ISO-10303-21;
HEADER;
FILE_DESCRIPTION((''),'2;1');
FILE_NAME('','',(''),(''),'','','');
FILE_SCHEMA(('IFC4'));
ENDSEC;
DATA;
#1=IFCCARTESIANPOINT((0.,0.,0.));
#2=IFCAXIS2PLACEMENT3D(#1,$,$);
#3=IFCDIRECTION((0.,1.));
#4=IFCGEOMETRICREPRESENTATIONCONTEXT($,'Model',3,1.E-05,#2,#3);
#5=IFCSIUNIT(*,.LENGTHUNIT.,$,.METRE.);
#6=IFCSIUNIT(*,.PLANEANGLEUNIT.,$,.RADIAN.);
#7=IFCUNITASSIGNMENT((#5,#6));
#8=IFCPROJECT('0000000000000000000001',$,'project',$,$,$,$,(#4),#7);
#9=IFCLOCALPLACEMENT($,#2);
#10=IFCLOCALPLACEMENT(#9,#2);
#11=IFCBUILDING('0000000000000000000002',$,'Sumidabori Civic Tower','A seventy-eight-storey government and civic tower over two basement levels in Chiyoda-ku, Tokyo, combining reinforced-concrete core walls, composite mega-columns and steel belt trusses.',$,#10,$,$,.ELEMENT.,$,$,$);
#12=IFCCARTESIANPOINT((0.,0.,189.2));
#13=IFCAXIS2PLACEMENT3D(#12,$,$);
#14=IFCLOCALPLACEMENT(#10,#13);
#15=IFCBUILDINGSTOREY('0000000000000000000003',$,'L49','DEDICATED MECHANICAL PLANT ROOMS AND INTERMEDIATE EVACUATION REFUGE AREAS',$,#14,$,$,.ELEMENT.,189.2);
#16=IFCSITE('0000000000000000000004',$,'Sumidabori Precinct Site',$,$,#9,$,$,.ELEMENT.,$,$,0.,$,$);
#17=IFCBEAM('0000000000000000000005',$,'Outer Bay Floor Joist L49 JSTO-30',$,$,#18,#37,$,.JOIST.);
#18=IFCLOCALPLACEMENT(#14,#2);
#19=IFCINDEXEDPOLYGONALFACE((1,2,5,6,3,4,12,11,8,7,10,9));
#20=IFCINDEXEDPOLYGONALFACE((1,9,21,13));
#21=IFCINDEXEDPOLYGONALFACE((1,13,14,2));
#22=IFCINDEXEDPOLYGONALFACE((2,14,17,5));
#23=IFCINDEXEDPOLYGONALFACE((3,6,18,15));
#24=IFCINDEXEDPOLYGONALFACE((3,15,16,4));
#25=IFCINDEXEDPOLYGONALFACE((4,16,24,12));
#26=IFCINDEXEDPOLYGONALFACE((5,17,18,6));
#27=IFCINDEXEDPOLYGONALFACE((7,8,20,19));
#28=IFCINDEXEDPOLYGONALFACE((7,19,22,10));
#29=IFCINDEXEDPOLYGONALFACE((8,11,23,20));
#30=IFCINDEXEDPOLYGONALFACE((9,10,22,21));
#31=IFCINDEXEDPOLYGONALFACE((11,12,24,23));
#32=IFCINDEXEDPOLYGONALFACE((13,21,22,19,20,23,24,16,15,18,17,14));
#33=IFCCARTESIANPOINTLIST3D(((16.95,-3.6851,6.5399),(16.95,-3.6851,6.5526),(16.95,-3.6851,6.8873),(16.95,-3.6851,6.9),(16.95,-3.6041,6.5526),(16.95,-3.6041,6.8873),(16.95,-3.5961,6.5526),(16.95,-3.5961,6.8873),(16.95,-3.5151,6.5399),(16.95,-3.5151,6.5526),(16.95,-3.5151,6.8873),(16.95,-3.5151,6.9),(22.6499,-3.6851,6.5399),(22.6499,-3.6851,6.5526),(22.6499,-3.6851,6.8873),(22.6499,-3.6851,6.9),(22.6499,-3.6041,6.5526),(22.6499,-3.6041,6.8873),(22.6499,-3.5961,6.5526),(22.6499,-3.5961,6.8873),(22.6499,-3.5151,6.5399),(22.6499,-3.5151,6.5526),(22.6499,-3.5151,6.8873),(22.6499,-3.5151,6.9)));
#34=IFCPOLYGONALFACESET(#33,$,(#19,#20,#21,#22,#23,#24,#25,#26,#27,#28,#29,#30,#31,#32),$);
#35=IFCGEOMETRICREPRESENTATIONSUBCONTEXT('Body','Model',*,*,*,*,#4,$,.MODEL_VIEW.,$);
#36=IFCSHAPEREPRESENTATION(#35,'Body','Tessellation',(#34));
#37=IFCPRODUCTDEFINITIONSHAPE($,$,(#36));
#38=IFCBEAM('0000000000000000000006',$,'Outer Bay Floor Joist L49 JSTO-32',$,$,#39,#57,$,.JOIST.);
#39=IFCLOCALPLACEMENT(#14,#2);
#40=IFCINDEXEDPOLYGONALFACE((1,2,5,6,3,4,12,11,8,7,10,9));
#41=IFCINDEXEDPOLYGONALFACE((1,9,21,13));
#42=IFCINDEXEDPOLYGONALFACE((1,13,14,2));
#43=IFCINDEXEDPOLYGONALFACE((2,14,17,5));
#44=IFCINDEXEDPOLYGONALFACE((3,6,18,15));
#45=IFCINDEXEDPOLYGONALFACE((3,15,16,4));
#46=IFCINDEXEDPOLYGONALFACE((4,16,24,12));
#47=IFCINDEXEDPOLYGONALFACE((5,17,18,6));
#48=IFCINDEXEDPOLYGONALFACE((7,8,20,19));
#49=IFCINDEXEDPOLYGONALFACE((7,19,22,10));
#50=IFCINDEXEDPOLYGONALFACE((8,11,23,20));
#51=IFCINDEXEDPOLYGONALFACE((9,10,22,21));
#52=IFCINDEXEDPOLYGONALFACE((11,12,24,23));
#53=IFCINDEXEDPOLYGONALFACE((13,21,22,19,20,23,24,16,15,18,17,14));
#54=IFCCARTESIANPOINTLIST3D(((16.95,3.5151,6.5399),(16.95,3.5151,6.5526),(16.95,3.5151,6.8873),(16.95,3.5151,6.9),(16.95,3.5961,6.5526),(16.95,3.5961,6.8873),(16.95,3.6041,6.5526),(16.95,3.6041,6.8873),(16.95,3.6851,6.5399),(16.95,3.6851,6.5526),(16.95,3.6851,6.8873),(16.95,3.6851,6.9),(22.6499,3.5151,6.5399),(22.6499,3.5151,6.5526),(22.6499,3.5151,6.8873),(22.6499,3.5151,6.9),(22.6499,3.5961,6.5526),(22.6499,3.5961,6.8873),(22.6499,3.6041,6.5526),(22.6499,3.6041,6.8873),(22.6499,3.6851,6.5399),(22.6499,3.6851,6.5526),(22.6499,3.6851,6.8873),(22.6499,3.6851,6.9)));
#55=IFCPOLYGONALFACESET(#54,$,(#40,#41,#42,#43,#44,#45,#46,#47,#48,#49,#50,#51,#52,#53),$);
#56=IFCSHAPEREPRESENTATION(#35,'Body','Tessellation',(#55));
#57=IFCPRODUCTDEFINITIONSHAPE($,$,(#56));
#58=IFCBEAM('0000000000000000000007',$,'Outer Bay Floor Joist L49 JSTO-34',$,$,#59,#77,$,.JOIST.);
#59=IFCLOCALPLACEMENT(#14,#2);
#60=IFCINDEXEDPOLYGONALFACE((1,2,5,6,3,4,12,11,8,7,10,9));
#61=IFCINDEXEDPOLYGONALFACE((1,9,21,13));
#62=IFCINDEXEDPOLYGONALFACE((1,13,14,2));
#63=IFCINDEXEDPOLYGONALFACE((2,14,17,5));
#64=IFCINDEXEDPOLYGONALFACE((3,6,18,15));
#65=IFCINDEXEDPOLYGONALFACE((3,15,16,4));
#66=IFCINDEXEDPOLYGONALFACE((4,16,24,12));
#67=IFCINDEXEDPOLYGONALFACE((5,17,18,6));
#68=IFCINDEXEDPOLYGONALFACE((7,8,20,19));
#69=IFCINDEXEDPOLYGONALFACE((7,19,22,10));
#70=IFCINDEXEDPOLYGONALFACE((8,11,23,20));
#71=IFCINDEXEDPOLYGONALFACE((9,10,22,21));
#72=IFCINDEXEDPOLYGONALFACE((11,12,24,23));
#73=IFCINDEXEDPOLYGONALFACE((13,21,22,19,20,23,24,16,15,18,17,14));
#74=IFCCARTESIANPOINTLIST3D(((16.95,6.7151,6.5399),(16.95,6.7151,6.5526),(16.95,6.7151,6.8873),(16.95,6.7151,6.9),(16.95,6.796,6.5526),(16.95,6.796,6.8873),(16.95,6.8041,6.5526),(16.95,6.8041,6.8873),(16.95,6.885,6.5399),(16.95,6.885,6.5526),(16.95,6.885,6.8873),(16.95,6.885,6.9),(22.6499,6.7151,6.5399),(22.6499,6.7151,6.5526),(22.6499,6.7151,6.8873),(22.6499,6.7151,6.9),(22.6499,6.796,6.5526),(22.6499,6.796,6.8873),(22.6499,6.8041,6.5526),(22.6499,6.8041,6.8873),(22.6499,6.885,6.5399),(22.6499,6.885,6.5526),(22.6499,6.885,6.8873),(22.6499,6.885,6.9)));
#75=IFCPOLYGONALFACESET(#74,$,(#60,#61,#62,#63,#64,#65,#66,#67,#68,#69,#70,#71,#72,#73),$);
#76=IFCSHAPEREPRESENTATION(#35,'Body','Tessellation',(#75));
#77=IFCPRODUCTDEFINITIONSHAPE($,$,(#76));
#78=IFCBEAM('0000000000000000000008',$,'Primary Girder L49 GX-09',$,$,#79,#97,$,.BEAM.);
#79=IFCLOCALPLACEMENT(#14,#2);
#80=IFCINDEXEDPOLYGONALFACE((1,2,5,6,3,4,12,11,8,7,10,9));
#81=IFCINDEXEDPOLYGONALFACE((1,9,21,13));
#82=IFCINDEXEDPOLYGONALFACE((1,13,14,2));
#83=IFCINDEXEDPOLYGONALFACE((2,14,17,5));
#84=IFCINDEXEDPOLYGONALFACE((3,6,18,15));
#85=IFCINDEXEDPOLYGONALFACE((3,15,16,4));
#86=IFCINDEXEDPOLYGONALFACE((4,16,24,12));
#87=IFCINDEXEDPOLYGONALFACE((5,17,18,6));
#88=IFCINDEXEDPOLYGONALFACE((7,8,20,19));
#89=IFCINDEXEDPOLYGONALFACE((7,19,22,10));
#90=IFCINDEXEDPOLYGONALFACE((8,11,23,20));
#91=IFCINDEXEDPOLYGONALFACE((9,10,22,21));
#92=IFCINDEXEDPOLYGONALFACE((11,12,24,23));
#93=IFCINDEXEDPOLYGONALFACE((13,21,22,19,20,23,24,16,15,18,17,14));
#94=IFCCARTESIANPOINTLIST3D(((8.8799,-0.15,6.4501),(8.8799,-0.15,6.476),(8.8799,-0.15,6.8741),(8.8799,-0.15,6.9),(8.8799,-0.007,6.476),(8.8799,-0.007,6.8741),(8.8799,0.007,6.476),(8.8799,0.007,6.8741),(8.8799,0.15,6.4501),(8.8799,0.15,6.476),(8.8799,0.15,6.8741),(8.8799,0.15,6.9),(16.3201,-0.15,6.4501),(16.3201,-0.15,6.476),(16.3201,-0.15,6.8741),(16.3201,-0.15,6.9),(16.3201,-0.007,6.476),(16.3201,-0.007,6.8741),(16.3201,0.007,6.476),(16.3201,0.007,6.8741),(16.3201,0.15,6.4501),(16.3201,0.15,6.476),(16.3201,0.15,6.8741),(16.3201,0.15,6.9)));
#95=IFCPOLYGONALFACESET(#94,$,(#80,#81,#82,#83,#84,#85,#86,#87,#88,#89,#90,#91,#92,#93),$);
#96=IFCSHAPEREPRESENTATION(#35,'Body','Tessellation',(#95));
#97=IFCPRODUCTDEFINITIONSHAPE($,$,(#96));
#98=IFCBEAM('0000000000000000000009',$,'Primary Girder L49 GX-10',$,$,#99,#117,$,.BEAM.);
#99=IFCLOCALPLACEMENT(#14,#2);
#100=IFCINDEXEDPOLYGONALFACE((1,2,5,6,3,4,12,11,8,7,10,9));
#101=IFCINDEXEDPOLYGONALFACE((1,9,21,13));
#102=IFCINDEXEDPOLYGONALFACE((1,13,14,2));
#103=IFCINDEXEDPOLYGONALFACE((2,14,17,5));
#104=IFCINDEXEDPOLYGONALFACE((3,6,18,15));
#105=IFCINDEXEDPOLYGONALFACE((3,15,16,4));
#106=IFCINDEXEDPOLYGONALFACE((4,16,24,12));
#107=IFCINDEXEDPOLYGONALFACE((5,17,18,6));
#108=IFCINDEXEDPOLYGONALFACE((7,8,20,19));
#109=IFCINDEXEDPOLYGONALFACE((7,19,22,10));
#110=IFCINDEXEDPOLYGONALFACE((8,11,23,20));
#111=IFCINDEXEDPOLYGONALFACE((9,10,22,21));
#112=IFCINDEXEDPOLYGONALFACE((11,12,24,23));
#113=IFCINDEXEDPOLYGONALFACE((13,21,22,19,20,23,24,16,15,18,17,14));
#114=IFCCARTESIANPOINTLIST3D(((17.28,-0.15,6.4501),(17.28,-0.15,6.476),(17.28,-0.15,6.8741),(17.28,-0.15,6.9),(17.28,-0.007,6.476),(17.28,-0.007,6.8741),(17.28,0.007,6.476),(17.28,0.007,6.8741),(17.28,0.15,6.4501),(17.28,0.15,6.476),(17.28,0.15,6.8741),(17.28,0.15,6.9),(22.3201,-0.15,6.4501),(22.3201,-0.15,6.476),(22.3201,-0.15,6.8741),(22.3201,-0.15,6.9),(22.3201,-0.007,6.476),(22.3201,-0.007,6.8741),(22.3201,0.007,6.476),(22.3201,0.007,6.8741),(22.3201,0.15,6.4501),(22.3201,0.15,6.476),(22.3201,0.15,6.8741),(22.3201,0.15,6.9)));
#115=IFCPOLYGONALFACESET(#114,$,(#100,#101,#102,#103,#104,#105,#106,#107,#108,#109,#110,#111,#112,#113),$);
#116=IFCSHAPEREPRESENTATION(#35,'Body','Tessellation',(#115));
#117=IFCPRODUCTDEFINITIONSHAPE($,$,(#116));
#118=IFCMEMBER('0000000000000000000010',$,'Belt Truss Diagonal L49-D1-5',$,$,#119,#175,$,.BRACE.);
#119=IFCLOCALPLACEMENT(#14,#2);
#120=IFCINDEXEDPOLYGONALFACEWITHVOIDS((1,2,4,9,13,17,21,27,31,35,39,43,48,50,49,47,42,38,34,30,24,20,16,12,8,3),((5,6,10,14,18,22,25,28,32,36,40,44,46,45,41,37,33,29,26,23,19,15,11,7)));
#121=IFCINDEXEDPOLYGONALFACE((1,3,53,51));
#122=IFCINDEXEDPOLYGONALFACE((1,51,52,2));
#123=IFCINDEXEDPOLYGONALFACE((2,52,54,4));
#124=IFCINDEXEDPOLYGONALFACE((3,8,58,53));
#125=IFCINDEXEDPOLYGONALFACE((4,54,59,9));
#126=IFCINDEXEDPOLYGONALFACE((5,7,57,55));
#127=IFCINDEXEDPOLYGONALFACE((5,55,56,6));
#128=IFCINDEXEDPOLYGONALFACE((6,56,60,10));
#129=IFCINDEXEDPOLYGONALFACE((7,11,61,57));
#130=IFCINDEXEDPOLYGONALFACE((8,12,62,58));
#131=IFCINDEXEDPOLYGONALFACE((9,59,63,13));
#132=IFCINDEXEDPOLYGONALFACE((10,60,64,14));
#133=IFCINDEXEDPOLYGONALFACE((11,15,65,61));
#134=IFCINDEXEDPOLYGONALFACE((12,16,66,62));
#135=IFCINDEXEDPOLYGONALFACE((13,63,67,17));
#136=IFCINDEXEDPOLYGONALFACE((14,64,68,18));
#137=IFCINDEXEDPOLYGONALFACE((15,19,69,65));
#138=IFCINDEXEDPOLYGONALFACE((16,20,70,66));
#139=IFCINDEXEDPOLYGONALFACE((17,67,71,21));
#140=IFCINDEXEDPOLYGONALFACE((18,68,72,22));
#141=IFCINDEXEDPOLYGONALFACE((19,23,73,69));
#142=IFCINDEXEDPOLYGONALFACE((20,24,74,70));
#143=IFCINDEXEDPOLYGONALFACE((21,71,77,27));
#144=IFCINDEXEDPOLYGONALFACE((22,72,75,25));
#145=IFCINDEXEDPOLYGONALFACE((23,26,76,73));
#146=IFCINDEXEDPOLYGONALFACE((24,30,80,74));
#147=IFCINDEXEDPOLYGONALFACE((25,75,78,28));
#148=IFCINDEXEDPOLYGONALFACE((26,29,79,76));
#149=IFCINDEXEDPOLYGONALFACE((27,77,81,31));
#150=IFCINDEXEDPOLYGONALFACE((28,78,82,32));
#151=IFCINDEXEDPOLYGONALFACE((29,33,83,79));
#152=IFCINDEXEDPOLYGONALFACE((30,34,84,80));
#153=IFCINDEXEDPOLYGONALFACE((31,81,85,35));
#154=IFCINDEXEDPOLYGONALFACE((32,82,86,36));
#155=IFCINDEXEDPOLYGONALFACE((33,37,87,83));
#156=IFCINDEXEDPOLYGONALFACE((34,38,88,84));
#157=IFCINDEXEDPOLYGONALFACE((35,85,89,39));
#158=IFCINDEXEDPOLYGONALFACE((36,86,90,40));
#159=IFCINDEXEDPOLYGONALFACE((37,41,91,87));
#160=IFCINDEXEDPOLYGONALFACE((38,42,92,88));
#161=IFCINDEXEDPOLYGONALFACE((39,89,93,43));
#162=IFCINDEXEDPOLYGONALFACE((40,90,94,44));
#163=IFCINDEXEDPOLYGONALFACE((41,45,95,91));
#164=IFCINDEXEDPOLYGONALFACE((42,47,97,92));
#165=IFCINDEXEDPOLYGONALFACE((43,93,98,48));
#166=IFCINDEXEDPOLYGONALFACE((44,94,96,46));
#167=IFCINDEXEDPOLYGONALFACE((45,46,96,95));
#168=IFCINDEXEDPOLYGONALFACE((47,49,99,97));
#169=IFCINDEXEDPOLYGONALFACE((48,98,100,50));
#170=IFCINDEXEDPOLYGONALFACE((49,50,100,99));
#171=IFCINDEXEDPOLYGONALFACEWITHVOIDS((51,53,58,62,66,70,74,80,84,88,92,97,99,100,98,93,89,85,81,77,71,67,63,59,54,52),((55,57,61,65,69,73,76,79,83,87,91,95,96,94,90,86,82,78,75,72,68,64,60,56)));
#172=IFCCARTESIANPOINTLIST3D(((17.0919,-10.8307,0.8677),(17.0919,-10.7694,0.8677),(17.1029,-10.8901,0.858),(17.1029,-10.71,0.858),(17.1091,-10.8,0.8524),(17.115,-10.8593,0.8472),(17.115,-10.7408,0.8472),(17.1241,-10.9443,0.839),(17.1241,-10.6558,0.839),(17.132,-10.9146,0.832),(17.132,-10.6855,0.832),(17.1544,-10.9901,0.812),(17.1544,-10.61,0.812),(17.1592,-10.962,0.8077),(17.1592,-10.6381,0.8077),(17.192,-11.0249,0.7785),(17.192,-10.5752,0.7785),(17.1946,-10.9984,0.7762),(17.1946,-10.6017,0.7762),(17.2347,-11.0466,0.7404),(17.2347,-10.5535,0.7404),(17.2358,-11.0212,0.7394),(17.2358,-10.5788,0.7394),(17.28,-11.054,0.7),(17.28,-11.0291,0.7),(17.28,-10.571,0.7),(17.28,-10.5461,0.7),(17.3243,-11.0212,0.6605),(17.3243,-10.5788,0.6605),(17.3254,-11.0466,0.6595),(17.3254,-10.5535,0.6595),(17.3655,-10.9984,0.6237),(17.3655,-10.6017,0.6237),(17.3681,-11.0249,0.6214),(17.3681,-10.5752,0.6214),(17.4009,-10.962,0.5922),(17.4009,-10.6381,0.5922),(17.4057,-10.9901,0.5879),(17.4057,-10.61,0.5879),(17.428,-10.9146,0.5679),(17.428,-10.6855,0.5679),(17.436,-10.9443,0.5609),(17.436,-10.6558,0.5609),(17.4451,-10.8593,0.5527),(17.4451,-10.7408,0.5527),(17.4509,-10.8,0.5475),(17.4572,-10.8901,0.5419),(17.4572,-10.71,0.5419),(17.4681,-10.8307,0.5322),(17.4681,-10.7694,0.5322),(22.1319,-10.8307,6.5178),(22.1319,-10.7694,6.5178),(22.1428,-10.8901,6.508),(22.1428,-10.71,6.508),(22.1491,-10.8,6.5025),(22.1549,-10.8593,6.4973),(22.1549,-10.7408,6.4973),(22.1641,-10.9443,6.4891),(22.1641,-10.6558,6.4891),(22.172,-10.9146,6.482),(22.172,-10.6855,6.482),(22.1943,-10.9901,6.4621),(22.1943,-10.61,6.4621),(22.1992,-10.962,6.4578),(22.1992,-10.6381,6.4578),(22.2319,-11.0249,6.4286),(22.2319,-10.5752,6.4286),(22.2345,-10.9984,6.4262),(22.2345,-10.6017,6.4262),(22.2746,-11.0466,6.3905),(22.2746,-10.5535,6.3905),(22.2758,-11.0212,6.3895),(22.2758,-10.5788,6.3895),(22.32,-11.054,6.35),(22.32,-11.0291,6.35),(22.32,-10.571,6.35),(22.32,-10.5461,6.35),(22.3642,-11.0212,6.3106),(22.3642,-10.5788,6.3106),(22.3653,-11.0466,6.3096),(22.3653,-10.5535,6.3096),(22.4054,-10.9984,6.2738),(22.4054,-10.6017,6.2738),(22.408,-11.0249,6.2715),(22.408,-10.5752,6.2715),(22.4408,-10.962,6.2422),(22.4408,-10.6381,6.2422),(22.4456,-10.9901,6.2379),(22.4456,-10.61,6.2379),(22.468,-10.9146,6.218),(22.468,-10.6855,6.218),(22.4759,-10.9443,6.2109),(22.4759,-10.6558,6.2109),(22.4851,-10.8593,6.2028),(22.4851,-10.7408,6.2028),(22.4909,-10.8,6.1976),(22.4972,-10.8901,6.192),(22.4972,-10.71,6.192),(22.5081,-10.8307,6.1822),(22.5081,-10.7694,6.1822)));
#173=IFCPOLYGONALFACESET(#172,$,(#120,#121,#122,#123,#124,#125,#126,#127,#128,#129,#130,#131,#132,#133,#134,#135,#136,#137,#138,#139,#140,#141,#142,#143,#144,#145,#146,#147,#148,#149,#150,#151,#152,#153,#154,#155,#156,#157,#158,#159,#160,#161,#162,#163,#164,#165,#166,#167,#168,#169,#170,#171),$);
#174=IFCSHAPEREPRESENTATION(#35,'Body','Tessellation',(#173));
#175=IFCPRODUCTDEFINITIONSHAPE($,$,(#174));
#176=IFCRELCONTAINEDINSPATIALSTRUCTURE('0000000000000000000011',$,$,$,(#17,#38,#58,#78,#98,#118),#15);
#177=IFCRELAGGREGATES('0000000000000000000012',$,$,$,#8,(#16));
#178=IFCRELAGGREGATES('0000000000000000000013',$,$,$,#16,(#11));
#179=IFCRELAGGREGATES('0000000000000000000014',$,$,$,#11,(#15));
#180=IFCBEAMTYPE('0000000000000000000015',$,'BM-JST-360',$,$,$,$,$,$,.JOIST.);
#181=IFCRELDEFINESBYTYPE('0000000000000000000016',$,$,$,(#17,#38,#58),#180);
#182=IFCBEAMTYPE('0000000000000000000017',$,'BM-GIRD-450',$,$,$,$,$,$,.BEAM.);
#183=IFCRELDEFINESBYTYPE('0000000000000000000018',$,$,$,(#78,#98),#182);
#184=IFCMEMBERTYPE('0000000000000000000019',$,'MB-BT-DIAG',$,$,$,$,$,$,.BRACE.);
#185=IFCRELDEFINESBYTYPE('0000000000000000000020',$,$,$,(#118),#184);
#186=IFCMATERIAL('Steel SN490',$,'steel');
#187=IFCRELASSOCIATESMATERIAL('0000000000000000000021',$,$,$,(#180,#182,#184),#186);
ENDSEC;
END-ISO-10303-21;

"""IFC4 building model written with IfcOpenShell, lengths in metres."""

from ifc_helpers import new_model, si_unit, direction, frame, origin, origin_2d, place, context, subcontext, project, spatial, hollow_circle, i_section, extrude, source, transform, mapped, material, material_profile, profile_set, type_object, element, save


model = new_model("IFC4")

# Units and contexts
model_context = context("Model", 3, precision=1e-05, world=origin(), true_north=direction((0.0, 1.0)))
body_context = subcontext(model_context, "Body", "Model", "MODEL_VIEW")
ifc_project = project(units=[si_unit("LENGTHUNIT", "METRE"), si_unit("PLANEANGLEUNIT", "RADIAN")], contexts=[model_context])

# Site, building, storey
site_placement = place(None, origin())
site = spatial("IfcSite", under=ifc_project, at=site_placement, Name="Sumidabori Precinct Site", CompositionType="ELEMENT", RefElevation=0.0)
building_placement = place(site_placement, origin())
building = spatial("IfcBuilding", under=site, at=building_placement, Name="Sumidabori Civic Tower", Description="A seventy-eight-storey government and civic tower over two basement levels in Chiyoda-ku, Tokyo, combining reinforced-concrete core walls, composite mega-columns and steel belt trusses.", CompositionType="ELEMENT")
storey_placement = place(building_placement, frame((0.0, 0.0, 189.2)))
storey = spatial("IfcBuildingStorey", under=building, at=storey_placement, Name="L49", Description="DEDICATED MECHANICAL PLANT ROOMS AND INTERMEDIATE EVACUATION REFUGE AREAS", CompositionType="ELEMENT", Elevation=189.2)

# Beams
ifc_material_1 = material(Name="Steel SN490", Category="steel")
ifc_material_profile_1 = material_profile(ifc_material_1, i_section(OverallWidth=0.1699, OverallDepth=0.3601, WebThickness=0.0081, FlangeThickness=0.0127, at=origin_2d()), Name="IPE 360")
ifc_profile_set_1 = profile_set([ifc_material_profile_1], Name="Steel SN490")
beam_type_1 = type_object("IfcBeamType", Name="BM-JST-360", PredefinedType="JOIST", material=ifc_profile_set_1)
shared_shape_1 = source(origin(), body_context, "Body", "SweptSolid", [
    extrude(i_section(OverallWidth=0.1699, OverallDepth=0.3601, WebThickness=0.0081, FlangeThickness=0.0127, at=origin_2d()), origin(), (0.0, 0.0, 1.0), 5.7),
])
for number, where, z_axis, x_axis, name in (
    (1, (16.95, -3.6001, 6.72), (1.0, 0.0, 0.0), (0.0, 1.0, 0.0), "Outer Bay Floor Joist L49 JSTO-30"),
    (2, (16.95, 3.6001, 6.72), (1.0, 0.0, 0.0), (0.0, 1.0, 0.0), "Outer Bay Floor Joist L49 JSTO-32"),
    (3, (16.95, 6.8, 6.72), (1.0, 0.0, 0.0), (0.0, 1.0, 0.0), "Outer Bay Floor Joist L49 JSTO-34"),
):
    element("IfcBeam", number, at=place(storey_placement, frame(where, z_axis=z_axis, x_axis=x_axis)), inside=storey, type_object=beam_type_1, Name=name, PredefinedType="JOIST", context=body_context, shape_type="MappedRepresentation", body=[
        mapped(shared_shape_1, transform((0.0, 0.0, 0.0), x_axis=(1.0, 0.0, 0.0), y_axis=(0.0, 1.0, 0.0), z_axis=(0.0, 0.0, 1.0), scale=1.0)),
    ])
ifc_material_profile_2 = material_profile(ifc_material_1, i_section(OverallWidth=0.3, OverallDepth=0.45, WebThickness=0.0139, FlangeThickness=0.0259, at=origin_2d()), Name="HE 450 B")
ifc_profile_set_2 = profile_set([ifc_material_profile_2], Name="Steel SN490")
beam_type_2 = type_object("IfcBeamType", Name="BM-GIRD-450", PredefinedType="BEAM", material=ifc_profile_set_2)
shared_shape_2 = source(origin(), body_context, "Body", "SweptSolid", [
    extrude(i_section(OverallWidth=0.3, OverallDepth=0.45, WebThickness=0.0139, FlangeThickness=0.0259, at=origin_2d()), origin(), (0.0, 0.0, 1.0), 7.4402),
])
beam_1_placement = place(storey_placement, frame((8.8799, 0.0, 6.675), z_axis=(1.0, 0.0, 0.0), x_axis=(0.0, 1.0, 0.0)))
element("IfcBeam", 4, at=beam_1_placement, inside=storey, type_object=beam_type_2, Name="Primary Girder L49 GX-09", PredefinedType="BEAM", context=body_context, shape_type="MappedRepresentation", body=[
    mapped(shared_shape_2, transform((0.0, 0.0, 0.0), x_axis=(1.0, 0.0, 0.0), y_axis=(0.0, 1.0, 0.0), z_axis=(0.0, 0.0, 1.0), scale=1.0)),
])
shared_shape_3 = source(origin(), body_context, "Body", "SweptSolid", [
    extrude(i_section(OverallWidth=0.3, OverallDepth=0.45, WebThickness=0.0139, FlangeThickness=0.0259, at=origin_2d()), origin(), (0.0, 0.0, 1.0), 5.04),
])
beam_2_placement = place(storey_placement, frame((17.28, 0.0, 6.675), z_axis=(1.0, 0.0, 0.0), x_axis=(0.0, 1.0, 0.0)))
element("IfcBeam", 5, at=beam_2_placement, inside=storey, type_object=beam_type_2, Name="Primary Girder L49 GX-10", PredefinedType="BEAM", context=body_context, shape_type="MappedRepresentation", body=[
    mapped(shared_shape_3, transform((0.0, 0.0, 0.0), x_axis=(1.0, 0.0, 0.0), y_axis=(0.0, 1.0, 0.0), z_axis=(0.0, 0.0, 1.0), scale=1.0)),
])

# Member
ifc_material_profile_3 = material_profile(ifc_material_1, hollow_circle(Radius=0.2539, WallThickness=0.0249, at=origin_2d()), Name="CHS 508x25")
ifc_profile_set_3 = profile_set([ifc_material_profile_3], Name="Steel SN490")
member_type = type_object("IfcMemberType", Name="MB-BT-DIAG", PredefinedType="BRACE", material=ifc_profile_set_3)
shared_shape_4 = source(origin(), body_context, "Body", "SweptSolid", [
    extrude(hollow_circle(Radius=0.2539, WallThickness=0.0249, at=origin_2d()), origin(), (0.0, 0.0, 1.0), 7.5713),
])
member_placement = place(storey_placement, frame((17.28, -10.8, 0.7), z_axis=(0.665668, 0.0, 0.746248), x_axis=(0.0, 1.0, 0.0)))
element("IfcMember", 6, at=member_placement, inside=storey, type_object=member_type, Name="Belt Truss Diagonal L49-D1-5", PredefinedType="BRACE", context=body_context, shape_type="MappedRepresentation", body=[
    mapped(shared_shape_4, transform((0.0, 0.0, 0.0), x_axis=(1.0, 0.0, 0.0), y_axis=(0.0, 1.0, 0.0), z_axis=(0.0, 0.0, 1.0), scale=1.0)),
])

save(model, "model.ifc")
